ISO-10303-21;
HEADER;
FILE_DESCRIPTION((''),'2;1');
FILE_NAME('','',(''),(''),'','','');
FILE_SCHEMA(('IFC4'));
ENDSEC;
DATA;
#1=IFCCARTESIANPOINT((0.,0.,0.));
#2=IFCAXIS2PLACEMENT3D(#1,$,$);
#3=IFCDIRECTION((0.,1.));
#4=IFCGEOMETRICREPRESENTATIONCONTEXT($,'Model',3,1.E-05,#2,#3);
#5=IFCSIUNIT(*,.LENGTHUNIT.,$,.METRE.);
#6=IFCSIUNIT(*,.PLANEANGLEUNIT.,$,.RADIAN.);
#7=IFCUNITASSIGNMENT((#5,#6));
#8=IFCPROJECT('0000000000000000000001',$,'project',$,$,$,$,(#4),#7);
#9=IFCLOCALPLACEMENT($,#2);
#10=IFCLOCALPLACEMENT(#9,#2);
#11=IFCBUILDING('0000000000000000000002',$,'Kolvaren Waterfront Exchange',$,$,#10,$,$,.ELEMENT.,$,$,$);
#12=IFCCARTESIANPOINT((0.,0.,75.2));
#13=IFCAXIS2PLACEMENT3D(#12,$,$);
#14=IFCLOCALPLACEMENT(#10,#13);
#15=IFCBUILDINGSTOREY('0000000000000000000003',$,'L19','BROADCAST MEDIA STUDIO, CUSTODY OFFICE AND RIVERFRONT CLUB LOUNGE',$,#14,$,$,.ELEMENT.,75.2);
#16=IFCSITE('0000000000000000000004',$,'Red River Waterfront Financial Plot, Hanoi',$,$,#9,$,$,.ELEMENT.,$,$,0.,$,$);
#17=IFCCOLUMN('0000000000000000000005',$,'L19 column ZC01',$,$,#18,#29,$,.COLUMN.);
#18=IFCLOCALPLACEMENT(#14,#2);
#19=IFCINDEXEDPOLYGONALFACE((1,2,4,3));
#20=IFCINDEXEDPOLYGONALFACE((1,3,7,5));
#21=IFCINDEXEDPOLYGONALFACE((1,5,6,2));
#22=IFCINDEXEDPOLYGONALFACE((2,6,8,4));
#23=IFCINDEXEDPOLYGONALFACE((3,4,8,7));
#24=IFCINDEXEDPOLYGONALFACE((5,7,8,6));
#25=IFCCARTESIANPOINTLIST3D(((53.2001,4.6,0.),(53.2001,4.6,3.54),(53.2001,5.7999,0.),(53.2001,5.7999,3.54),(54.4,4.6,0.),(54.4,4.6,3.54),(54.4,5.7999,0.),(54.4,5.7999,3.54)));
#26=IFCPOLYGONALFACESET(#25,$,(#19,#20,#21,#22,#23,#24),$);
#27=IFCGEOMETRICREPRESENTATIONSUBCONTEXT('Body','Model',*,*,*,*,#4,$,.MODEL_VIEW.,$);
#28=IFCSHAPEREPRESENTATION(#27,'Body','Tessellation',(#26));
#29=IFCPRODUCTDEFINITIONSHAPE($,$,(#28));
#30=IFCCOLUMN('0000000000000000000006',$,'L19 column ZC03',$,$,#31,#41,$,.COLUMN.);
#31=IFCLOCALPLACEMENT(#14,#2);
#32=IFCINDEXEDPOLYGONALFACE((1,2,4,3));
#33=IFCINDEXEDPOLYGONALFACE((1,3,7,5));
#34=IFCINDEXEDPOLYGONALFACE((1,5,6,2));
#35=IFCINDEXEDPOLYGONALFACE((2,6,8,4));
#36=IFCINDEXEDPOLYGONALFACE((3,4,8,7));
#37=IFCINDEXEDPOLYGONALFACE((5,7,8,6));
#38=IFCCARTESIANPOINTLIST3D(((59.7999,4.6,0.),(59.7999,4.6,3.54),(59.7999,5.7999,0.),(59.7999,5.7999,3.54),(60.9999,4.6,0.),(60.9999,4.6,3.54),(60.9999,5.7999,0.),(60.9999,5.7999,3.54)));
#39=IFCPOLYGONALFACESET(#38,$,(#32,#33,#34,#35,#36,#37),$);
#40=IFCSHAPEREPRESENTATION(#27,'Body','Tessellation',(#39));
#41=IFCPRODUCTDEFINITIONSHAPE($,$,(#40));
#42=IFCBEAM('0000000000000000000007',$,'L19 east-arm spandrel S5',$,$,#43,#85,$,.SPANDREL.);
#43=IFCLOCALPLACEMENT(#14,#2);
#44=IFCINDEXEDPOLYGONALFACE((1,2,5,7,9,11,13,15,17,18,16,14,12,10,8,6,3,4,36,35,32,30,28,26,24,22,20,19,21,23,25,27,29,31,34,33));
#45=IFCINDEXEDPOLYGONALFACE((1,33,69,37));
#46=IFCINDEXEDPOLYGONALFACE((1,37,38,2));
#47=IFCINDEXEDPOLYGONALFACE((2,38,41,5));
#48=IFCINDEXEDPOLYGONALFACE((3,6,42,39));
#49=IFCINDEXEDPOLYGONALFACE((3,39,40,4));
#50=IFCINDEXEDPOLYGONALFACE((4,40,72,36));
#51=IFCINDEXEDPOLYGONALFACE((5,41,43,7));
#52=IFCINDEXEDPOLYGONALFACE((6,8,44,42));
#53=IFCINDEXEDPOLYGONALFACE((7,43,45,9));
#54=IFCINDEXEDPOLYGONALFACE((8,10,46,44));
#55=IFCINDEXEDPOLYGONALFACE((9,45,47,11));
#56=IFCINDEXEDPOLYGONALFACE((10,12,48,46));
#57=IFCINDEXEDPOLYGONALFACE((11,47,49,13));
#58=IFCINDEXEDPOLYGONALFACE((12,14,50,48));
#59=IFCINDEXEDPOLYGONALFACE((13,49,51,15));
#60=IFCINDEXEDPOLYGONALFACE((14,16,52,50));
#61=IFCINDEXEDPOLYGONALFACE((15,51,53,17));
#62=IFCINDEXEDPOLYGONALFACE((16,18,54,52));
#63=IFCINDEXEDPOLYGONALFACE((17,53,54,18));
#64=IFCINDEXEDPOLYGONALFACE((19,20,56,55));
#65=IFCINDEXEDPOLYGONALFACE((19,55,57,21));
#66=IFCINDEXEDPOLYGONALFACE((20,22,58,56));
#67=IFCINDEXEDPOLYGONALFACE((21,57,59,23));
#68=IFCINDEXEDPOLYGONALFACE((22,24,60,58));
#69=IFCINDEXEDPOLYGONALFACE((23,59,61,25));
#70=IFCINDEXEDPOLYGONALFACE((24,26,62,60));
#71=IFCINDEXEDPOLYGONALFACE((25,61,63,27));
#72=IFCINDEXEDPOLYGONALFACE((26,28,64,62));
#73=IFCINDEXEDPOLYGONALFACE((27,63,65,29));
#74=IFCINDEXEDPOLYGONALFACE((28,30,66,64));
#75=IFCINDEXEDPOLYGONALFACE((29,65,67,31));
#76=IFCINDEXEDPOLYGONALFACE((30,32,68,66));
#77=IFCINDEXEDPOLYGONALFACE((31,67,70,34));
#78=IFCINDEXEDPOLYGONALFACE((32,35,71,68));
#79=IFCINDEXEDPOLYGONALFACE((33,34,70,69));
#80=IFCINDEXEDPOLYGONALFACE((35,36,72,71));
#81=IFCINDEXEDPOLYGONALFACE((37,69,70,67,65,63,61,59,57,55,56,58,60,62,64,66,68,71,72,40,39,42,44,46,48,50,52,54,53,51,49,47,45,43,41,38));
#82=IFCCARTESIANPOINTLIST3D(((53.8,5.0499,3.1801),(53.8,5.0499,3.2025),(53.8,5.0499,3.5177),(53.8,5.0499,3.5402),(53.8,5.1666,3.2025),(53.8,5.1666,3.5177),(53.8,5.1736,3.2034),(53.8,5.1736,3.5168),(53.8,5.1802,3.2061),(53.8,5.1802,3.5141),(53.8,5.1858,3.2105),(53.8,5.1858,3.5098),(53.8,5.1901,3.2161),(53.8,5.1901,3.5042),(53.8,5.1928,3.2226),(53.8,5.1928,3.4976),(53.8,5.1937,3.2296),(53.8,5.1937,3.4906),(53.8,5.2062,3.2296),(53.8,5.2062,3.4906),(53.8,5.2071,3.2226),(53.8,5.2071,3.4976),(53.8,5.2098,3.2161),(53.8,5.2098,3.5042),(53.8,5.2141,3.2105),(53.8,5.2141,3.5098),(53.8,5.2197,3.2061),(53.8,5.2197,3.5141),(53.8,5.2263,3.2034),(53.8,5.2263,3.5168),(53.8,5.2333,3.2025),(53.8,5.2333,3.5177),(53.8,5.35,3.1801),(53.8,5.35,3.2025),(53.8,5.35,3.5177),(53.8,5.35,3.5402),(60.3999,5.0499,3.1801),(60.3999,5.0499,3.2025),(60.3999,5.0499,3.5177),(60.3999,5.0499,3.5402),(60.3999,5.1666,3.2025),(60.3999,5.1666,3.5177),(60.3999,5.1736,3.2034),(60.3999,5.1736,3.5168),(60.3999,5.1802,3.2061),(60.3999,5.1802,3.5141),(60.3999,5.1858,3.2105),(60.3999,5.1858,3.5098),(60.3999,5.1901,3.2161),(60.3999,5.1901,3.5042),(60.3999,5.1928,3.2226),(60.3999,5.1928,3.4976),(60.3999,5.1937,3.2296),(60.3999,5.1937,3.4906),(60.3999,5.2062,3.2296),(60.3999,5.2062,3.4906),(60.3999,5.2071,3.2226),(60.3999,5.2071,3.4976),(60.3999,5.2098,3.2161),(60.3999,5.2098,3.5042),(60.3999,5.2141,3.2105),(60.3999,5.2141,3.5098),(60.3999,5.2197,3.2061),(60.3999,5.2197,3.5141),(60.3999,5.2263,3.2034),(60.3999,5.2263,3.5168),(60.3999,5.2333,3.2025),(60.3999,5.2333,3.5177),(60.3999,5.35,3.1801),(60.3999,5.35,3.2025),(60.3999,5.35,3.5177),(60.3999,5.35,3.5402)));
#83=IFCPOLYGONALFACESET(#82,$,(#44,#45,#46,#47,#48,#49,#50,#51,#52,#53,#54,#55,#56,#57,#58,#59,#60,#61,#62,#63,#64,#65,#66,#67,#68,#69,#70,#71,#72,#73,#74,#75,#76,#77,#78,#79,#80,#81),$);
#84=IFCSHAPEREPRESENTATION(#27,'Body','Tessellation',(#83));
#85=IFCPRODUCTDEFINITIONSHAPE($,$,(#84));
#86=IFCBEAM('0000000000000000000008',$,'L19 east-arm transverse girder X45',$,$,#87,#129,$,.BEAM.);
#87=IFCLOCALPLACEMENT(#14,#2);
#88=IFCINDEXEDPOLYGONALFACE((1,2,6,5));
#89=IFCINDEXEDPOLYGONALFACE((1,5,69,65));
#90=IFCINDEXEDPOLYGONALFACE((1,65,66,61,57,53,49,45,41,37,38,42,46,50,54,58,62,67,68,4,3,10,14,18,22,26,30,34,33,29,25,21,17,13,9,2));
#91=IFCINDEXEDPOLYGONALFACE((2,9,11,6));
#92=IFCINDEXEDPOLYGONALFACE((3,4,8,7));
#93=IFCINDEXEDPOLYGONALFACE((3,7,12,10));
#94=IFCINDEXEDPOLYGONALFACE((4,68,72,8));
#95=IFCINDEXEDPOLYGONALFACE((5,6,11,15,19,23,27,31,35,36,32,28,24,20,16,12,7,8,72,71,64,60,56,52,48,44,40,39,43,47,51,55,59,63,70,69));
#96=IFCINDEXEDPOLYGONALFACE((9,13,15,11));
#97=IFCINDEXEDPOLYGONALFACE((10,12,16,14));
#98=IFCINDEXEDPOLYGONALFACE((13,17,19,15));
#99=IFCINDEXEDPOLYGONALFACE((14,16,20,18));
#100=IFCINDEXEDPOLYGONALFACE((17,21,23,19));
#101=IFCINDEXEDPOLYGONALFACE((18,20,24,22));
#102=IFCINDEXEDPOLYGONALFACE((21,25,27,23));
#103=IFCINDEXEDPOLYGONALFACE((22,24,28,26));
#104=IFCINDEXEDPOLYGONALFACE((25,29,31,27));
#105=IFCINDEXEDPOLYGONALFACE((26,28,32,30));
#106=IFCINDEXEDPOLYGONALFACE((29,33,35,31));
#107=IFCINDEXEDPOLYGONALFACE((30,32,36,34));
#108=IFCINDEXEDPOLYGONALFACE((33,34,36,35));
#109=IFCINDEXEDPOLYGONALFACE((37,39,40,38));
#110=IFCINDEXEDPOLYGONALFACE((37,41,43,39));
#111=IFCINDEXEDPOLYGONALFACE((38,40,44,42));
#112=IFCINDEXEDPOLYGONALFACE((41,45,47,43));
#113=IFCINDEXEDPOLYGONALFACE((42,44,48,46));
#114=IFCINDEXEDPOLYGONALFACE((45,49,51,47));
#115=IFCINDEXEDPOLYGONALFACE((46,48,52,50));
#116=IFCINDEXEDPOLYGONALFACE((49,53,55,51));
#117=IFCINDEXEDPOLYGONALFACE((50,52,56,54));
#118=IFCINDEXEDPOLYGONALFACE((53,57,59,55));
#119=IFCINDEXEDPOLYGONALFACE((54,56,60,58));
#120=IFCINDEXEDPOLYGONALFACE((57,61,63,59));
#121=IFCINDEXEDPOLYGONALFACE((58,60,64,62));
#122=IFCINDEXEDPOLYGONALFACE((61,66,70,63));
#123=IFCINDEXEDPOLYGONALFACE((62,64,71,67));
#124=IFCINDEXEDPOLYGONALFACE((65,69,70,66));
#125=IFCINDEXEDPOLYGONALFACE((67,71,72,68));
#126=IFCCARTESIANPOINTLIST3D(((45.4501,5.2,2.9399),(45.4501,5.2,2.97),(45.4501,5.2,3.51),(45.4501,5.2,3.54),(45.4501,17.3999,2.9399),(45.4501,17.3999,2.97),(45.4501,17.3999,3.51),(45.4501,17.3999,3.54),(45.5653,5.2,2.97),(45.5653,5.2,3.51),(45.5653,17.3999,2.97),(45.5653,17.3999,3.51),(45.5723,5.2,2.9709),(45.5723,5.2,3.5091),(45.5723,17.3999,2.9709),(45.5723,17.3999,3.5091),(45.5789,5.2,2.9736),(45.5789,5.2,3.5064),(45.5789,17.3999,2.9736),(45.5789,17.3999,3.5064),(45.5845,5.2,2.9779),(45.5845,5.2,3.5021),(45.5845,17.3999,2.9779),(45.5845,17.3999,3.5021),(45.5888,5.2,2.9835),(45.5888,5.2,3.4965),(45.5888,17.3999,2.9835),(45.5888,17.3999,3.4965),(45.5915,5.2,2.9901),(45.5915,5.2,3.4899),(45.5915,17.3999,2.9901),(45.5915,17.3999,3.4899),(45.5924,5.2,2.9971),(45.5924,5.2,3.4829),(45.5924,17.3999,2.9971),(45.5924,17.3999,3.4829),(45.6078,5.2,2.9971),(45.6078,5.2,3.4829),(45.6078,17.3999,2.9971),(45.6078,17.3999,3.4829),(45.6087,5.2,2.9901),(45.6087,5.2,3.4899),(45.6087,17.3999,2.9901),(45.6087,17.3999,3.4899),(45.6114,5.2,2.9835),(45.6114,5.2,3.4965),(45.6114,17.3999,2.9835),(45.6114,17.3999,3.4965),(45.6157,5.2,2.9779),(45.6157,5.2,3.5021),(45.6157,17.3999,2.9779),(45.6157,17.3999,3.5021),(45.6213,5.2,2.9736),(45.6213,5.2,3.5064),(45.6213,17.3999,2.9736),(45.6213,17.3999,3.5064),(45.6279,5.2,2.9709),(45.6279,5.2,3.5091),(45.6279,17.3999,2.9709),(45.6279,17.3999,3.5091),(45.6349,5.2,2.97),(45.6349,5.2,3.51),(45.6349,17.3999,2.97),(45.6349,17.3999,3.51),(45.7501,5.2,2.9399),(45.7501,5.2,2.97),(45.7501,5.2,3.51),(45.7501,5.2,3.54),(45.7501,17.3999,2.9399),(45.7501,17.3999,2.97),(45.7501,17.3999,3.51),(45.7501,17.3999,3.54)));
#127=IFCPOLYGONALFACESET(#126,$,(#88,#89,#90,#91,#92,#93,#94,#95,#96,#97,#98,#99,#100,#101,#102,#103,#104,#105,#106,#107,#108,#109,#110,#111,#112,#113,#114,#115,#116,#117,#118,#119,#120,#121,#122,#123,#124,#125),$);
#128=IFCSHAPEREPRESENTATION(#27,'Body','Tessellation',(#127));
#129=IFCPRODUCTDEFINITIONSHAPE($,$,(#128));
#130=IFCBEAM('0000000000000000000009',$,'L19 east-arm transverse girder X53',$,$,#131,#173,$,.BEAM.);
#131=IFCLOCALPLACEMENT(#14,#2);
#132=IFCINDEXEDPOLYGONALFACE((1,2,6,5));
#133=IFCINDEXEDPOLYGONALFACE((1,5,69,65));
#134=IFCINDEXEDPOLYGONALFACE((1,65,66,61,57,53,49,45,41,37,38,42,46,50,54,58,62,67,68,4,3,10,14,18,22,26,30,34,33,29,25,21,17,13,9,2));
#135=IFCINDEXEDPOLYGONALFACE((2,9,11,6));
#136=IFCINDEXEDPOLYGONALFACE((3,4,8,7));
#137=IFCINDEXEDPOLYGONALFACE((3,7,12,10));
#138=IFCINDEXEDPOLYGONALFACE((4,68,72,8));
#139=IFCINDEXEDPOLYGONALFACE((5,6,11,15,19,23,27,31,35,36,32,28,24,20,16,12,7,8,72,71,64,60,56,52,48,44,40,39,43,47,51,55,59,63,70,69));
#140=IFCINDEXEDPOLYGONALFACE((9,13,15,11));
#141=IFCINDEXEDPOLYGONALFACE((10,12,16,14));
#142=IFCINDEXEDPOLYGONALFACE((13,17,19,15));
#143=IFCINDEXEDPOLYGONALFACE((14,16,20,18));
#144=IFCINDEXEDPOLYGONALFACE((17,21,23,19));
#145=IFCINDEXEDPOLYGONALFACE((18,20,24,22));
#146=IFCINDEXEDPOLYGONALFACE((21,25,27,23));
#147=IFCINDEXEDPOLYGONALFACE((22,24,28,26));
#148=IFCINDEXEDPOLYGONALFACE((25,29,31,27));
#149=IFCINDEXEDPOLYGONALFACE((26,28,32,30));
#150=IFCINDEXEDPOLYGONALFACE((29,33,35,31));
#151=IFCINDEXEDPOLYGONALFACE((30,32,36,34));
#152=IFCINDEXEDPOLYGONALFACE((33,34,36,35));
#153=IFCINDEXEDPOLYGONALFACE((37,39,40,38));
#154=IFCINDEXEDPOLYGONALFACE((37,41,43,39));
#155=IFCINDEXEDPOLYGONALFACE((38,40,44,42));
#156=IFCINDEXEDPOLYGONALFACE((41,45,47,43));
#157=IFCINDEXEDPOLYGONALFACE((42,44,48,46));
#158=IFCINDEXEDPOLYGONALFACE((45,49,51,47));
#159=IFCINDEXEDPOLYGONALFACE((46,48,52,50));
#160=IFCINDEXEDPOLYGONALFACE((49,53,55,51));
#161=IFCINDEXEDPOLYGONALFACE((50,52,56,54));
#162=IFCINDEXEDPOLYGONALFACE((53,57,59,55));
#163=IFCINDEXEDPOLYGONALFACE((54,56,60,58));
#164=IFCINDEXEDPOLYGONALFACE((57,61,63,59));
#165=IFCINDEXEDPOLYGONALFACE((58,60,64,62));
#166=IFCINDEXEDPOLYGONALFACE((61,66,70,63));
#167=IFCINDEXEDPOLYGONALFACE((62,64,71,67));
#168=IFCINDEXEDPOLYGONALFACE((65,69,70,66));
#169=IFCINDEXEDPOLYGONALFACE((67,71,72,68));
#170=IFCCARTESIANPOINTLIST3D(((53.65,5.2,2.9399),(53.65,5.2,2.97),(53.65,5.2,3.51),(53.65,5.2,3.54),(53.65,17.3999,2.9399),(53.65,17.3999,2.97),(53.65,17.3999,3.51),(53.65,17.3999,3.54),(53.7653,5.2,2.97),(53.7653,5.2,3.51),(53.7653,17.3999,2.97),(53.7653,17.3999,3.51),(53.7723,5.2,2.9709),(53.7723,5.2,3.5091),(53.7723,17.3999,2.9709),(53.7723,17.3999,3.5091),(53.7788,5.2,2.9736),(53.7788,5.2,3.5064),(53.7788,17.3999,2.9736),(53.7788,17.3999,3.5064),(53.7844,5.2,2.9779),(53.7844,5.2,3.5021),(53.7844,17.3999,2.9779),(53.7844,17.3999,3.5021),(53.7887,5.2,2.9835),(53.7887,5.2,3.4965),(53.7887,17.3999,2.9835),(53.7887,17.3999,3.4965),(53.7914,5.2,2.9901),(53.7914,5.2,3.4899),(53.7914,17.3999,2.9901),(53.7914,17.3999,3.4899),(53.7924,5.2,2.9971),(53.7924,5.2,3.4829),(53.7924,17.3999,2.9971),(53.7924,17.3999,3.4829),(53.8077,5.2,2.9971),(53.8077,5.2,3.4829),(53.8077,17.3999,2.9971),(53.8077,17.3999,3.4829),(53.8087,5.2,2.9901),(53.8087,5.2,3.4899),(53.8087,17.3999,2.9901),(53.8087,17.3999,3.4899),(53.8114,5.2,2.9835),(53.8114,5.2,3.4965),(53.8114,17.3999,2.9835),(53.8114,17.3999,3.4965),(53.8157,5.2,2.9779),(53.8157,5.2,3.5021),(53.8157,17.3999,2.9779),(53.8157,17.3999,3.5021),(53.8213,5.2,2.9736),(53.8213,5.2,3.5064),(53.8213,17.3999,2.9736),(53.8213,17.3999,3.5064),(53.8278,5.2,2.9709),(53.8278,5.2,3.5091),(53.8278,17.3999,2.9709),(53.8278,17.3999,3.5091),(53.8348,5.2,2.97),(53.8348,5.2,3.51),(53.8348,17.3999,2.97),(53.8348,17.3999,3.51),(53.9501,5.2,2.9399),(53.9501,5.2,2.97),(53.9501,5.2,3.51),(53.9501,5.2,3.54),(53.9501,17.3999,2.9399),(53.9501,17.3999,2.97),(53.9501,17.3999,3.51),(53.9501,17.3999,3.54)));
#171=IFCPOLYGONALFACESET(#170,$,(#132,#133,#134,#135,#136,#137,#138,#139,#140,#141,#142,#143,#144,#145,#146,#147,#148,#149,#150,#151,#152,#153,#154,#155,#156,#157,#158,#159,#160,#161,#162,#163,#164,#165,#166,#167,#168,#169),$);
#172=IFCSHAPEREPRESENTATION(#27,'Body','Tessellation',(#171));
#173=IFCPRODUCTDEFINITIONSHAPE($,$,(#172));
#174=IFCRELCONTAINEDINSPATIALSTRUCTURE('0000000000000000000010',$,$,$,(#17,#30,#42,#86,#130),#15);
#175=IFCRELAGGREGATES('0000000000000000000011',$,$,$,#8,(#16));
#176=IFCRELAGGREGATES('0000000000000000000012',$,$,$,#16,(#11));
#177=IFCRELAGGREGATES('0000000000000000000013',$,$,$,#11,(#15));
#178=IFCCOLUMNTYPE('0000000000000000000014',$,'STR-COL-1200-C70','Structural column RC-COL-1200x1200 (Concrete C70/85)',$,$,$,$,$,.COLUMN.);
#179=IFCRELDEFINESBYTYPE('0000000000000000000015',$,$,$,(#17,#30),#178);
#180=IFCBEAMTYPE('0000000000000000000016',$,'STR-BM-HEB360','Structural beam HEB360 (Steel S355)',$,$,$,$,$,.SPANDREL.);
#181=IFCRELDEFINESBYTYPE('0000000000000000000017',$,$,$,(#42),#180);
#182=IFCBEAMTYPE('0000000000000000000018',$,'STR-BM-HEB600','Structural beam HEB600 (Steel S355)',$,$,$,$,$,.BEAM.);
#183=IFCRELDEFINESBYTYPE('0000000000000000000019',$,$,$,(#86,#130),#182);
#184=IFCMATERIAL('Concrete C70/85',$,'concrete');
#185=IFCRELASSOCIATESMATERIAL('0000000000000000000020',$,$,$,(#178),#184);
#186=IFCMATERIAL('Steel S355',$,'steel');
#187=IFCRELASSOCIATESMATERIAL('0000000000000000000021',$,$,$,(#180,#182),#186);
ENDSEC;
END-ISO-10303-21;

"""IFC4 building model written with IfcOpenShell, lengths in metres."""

from ifc_helpers import new_model, si_unit, direction, frame, origin, origin_2d, place, context, subcontext, project, spatial, rectangle, i_section, extrude, material, material_profile, profile_set, type_object, element, save


model = new_model("IFC4")

# Units and contexts
model_context = context("Model", 3, precision=1e-05, world=origin(), true_north=direction((0.0, 1.0)))
body_context = subcontext(model_context, "Body", "Model", "MODEL_VIEW")
ifc_project = project(units=[si_unit("LENGTHUNIT", "METRE"), si_unit("PLANEANGLEUNIT", "RADIAN")], contexts=[model_context])

# Site, building, storey
site_placement = place(None, origin())
site = spatial("IfcSite", under=ifc_project, at=site_placement, Name="Red River Waterfront Financial Plot, Hanoi", CompositionType="ELEMENT", RefElevation=0.0)
building_placement = place(site_placement, origin())
building = spatial("IfcBuilding", under=site, at=building_placement, Name="Kolvaren Waterfront Exchange", CompositionType="ELEMENT")
storey_placement = place(building_placement, frame((0.0, 0.0, 75.2)))
storey = spatial("IfcBuildingStorey", under=building, at=storey_placement, Name="L19", Description="BROADCAST MEDIA STUDIO, CUSTODY OFFICE AND RIVERFRONT CLUB LOUNGE", CompositionType="ELEMENT", Elevation=75.2)

# Columns
ifc_material_1 = material(Name="Concrete C70/85", Category="concrete")
ifc_material_profile_1 = material_profile(ifc_material_1, rectangle(XDim=1.2, YDim=1.2, at=origin_2d()), Name="RC-COL-1200x1200")
ifc_profile_set_1 = profile_set([ifc_material_profile_1], Name="Concrete C70/85")
column_type = type_object("IfcColumnType", Name="STR-COL-1200-C70", Description="Structural column RC-COL-1200x1200 (Concrete C70/85)", PredefinedType="COLUMN", material=ifc_profile_set_1)
for number, where, z_axis, x_axis, name in (
    (1, (53.8, 5.2, 0.0), (0.0, 0.0, 1.0), (1.0, 0.0, 0.0), "L19 column ZC01"),
    (2, (60.3999, 5.2, 0.0), (0.0, 0.0, 1.0), (1.0, 0.0, 0.0), "L19 column ZC03"),
):
    element("IfcColumn", number, at=place(storey_placement, frame(where, z_axis=z_axis, x_axis=x_axis)), inside=storey, type_object=column_type, Name=name, PredefinedType="COLUMN", context=body_context, shape_type="SweptSolid", body=[
        extrude(rectangle(XDim=1.2, YDim=1.2, at=origin_2d()), origin(), (0.0, 0.0, 1.0), 3.54),
    ])

# Beams
ifc_material_2 = material(Name="Steel S355", Category="steel")
ifc_material_profile_2 = material_profile(ifc_material_2, i_section(OverallWidth=0.3, OverallDepth=0.3601, WebThickness=0.0125, FlangeThickness=0.0225, FilletRadius=0.0271, at=origin_2d()), Name="HEB360")
ifc_profile_set_2 = profile_set([ifc_material_profile_2], Name="Steel S355")
beam_type_1 = type_object("IfcBeamType", Name="STR-BM-HEB360", Description="Structural beam HEB360 (Steel S355)", PredefinedType="SPANDREL", material=ifc_profile_set_2)
beam_1_placement = place(storey_placement, frame((53.8, 5.2, 3.3601), z_axis=(1.0, 0.0, 0.0), x_axis=(0.0, 1.0, 0.0)))
element("IfcBeam", 3, at=beam_1_placement, inside=storey, type_object=beam_type_1, Name="L19 east-arm spandrel S5", PredefinedType="SPANDREL", context=body_context, shape_type="SweptSolid", body=[
    extrude(i_section(OverallWidth=0.3, OverallDepth=0.3601, WebThickness=0.0125, FlangeThickness=0.0225, FilletRadius=0.0271, at=origin_2d()), origin(), (0.0, 0.0, 1.0), 6.5999),
])
ifc_material_profile_3 = material_profile(ifc_material_2, i_section(OverallWidth=0.3, OverallDepth=0.6001, WebThickness=0.0154, FlangeThickness=0.03, FilletRadius=0.0271, at=origin_2d()), Name="HEB600")
ifc_profile_set_3 = profile_set([ifc_material_profile_3], Name="Steel S355")
beam_type_2 = type_object("IfcBeamType", Name="STR-BM-HEB600", Description="Structural beam HEB600 (Steel S355)", PredefinedType="BEAM", material=ifc_profile_set_3)
for number, where, z_axis, x_axis, name in (
    (4, (45.6001, 5.2, 3.24), (0.0, 1.0, 0.0), (-1.0, 0.0, 0.0), "L19 east-arm transverse girder X45"),
    (5, (53.8, 5.2, 3.24), (0.0, 1.0, 0.0), (-1.0, 0.0, 0.0), "L19 east-arm transverse girder X53"),
):
    element("IfcBeam", number, at=place(storey_placement, frame(where, z_axis=z_axis, x_axis=x_axis)), inside=storey, type_object=beam_type_2, Name=name, PredefinedType="BEAM", context=body_context, shape_type="SweptSolid", body=[
        extrude(i_section(OverallWidth=0.3, OverallDepth=0.6001, WebThickness=0.0154, FlangeThickness=0.03, FilletRadius=0.0271, at=origin_2d()), origin(), (0.0, 0.0, 1.0), 12.2),
    ])

save(model, "model.ifc")
